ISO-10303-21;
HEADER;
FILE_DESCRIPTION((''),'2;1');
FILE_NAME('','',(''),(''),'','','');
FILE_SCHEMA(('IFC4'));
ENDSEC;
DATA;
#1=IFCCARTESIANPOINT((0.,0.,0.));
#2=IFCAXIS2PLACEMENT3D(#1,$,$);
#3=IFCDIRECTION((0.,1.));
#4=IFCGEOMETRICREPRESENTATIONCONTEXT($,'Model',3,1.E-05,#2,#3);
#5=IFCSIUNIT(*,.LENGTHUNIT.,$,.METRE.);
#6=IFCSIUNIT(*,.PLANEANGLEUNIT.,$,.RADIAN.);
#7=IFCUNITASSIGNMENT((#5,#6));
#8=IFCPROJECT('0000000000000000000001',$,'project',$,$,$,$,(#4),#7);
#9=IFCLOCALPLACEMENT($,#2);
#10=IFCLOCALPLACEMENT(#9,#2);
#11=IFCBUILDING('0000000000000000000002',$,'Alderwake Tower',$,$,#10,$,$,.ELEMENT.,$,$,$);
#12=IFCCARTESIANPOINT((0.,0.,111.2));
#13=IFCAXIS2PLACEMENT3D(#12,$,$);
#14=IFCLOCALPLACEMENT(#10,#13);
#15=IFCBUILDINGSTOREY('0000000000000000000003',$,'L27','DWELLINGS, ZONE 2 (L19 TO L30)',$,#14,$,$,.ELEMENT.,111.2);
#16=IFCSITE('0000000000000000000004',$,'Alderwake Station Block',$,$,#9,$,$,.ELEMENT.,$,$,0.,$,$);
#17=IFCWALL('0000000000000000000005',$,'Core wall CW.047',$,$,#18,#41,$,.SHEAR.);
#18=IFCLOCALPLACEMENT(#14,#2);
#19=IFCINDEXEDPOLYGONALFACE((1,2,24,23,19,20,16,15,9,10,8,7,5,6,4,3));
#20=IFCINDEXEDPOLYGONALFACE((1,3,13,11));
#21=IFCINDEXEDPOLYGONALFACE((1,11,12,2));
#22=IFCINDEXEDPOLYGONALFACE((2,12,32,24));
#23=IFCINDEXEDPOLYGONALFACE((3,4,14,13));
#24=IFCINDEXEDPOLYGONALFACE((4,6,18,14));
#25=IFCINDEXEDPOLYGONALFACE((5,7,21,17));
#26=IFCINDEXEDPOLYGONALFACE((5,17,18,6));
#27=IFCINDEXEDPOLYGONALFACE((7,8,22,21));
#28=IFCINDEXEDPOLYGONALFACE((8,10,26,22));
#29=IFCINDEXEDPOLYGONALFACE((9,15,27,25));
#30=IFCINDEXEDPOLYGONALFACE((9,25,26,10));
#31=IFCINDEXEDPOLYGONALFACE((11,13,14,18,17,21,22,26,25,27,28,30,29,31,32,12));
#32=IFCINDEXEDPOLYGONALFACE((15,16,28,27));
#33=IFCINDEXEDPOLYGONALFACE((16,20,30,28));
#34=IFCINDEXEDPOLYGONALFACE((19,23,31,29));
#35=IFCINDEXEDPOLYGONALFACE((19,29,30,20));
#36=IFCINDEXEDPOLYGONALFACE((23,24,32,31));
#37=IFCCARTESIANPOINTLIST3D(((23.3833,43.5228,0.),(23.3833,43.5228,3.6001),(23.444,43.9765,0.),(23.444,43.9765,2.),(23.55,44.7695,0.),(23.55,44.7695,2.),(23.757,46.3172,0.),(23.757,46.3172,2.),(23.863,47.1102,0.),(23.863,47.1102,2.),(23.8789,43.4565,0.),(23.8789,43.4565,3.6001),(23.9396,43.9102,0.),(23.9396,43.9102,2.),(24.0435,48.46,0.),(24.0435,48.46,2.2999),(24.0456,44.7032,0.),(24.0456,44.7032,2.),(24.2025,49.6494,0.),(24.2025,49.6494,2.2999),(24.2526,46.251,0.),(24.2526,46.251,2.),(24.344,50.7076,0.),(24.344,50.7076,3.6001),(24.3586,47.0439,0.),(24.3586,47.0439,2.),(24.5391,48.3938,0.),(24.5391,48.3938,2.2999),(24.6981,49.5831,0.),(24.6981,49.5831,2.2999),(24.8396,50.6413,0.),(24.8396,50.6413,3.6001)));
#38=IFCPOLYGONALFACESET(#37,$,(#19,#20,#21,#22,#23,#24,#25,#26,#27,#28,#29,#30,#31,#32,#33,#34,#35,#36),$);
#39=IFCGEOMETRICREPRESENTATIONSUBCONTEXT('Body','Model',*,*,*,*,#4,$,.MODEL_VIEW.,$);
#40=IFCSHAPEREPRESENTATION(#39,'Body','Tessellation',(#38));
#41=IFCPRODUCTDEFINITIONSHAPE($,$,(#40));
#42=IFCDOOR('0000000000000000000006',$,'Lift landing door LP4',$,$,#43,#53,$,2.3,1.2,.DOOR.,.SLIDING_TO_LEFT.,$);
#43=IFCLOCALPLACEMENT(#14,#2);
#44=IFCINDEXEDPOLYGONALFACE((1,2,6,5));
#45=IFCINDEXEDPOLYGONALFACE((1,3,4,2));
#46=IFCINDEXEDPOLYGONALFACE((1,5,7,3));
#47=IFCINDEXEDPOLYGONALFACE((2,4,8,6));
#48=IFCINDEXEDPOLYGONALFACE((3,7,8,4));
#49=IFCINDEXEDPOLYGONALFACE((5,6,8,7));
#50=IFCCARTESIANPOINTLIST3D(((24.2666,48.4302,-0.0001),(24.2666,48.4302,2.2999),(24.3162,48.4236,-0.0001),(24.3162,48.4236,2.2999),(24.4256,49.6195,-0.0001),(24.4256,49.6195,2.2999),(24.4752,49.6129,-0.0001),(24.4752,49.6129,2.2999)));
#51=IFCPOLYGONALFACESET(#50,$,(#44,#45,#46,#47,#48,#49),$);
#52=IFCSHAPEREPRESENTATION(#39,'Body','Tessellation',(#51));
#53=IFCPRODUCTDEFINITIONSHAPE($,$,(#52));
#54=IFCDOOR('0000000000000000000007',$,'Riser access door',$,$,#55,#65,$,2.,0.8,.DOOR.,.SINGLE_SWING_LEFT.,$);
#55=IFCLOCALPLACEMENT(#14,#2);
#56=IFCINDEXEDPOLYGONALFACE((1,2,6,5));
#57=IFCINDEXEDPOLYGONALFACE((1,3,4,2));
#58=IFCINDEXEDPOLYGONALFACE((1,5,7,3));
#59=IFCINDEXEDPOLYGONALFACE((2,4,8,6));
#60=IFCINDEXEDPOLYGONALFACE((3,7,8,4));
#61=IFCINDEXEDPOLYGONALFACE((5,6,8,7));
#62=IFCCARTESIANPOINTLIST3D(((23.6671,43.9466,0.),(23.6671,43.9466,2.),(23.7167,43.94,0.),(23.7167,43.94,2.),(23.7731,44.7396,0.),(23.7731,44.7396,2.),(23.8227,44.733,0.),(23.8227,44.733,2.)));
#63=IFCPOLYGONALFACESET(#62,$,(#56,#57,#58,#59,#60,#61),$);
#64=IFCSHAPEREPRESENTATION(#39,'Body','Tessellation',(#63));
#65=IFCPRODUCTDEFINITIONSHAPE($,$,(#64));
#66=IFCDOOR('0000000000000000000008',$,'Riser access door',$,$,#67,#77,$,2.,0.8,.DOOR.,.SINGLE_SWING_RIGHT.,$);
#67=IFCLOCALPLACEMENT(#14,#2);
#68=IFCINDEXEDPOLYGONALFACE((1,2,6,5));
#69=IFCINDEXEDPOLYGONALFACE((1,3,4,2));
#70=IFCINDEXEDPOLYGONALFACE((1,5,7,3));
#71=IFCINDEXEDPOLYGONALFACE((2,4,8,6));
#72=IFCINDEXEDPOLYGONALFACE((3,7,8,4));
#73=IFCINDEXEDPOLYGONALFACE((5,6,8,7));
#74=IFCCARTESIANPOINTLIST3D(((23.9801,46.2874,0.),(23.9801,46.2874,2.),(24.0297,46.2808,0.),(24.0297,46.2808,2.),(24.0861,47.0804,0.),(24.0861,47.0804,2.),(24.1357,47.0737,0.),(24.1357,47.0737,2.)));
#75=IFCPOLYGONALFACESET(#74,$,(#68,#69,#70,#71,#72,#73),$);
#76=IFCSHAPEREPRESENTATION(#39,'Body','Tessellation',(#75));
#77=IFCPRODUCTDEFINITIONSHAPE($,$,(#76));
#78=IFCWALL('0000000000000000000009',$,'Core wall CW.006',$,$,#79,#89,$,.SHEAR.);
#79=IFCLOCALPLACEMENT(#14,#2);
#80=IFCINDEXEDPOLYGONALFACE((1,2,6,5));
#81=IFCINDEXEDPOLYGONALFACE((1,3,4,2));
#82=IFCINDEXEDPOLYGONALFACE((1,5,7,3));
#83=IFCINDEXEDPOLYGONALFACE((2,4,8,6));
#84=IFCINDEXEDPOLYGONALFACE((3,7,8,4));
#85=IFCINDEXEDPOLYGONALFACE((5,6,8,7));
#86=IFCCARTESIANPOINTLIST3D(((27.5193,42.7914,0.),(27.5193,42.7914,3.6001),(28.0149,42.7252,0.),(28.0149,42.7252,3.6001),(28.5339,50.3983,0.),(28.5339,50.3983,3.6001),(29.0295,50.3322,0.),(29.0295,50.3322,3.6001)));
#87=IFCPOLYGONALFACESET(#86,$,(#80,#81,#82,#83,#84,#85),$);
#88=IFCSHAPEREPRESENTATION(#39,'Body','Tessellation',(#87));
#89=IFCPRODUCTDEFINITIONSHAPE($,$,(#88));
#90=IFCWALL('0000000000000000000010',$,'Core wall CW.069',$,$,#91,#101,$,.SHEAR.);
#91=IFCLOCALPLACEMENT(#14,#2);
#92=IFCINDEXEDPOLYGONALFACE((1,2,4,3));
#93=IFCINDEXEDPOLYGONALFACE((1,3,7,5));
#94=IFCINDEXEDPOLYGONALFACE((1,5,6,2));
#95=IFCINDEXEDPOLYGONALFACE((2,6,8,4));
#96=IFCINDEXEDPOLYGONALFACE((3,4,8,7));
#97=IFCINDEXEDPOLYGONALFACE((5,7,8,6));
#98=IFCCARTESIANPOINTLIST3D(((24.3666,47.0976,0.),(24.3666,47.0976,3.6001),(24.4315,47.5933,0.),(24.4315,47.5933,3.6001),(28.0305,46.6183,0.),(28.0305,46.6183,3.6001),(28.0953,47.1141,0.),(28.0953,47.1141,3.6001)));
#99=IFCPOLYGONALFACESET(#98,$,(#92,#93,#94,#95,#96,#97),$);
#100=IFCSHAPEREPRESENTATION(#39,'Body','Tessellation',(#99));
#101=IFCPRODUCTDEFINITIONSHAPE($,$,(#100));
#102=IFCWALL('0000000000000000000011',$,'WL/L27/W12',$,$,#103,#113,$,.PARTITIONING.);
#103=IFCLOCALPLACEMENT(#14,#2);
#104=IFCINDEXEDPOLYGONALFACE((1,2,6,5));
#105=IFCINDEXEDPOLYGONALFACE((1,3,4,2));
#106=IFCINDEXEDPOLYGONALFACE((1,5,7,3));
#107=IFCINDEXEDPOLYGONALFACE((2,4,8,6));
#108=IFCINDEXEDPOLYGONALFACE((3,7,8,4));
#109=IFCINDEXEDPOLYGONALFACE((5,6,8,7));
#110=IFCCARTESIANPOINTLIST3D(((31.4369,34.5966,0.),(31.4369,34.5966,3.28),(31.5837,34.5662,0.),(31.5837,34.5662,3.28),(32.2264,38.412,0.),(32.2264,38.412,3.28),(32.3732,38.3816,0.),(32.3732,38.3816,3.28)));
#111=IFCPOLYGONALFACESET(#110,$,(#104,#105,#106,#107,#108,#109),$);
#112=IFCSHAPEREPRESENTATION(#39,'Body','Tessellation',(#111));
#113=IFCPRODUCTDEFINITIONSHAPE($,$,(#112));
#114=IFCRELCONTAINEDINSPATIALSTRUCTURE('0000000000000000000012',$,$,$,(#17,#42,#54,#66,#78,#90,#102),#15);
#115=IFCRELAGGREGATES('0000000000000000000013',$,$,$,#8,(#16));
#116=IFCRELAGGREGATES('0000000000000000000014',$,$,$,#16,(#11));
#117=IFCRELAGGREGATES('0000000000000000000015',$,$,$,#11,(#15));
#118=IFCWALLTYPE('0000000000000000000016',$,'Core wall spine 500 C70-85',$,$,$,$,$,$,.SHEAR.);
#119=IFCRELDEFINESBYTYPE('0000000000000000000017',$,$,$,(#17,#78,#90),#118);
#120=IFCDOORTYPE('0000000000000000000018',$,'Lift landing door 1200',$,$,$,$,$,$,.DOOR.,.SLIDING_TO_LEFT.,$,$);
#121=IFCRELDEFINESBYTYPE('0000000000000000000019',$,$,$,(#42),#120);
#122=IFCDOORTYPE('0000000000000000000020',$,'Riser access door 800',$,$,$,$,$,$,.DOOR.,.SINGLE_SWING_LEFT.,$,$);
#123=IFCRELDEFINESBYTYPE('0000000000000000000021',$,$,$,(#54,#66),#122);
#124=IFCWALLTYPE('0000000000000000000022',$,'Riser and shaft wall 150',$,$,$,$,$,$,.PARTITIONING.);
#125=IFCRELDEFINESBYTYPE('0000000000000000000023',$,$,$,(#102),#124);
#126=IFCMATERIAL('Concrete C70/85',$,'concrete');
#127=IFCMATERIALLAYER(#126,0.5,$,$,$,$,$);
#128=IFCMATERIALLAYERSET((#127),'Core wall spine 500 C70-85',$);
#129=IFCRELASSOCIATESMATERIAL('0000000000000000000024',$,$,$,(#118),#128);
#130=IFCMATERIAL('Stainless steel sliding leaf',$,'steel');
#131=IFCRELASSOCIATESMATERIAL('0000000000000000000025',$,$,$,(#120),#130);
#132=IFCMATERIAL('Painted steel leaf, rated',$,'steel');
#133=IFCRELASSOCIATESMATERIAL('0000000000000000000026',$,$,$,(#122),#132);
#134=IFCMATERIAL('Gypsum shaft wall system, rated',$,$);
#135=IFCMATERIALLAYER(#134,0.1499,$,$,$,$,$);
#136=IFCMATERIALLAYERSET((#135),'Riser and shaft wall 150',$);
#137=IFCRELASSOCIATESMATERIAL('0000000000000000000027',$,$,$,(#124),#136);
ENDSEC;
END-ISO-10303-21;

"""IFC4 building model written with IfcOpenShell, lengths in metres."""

from ifc_helpers import new_model, si_unit, direction, frame, frame_2d, origin, place, context, subcontext, project, spatial, rectangle, extrude, material, layer, layer_set, type_object, element, fill, save


model = new_model("IFC4")

# Units and contexts
model_context = context("Model", 3, precision=1e-05, world=origin(), true_north=direction((0.0, 1.0)))
body_context = subcontext(model_context, "Body", "Model", "MODEL_VIEW")
ifc_project = project(units=[si_unit("LENGTHUNIT", "METRE"), si_unit("PLANEANGLEUNIT", "RADIAN")], contexts=[model_context])

# Site, building, storey
site_placement = place(None, origin())
site = spatial("IfcSite", under=ifc_project, at=site_placement, Name="Alderwake Station Block", CompositionType="ELEMENT", RefElevation=0.0)
building_placement = place(site_placement, origin())
building = spatial("IfcBuilding", under=site, at=building_placement, Name="Alderwake Tower", CompositionType="ELEMENT")
storey_placement = place(building_placement, frame((0.0, 0.0, 111.2)))
storey = spatial("IfcBuildingStorey", under=building, at=storey_placement, Name="L27", Description="DWELLINGS, ZONE 2 (L19 TO L30)", CompositionType="ELEMENT", Elevation=111.2)

# Wall, openings, doors
ifc_material_1 = material(Name="Concrete C70/85", Category="concrete")
ifc_layer_1 = layer(ifc_material_1, 0.5)
ifc_layer_set_1 = layer_set([ifc_layer_1], Name="Core wall spine 500 C70-85")
wall_type_1 = type_object("IfcWallType", Name="Core wall spine 500 C70-85", PredefinedType="SHEAR", material=ifc_layer_set_1)
wall_1_placement = place(storey_placement, frame((23.6311, 43.4895, 0.0), z_axis=(0.0, 0.0, 1.0), x_axis=(0.132532, 0.991179, 0.0)))
wall_1 = element("IfcWall", 1, at=wall_1_placement, inside=storey, type_object=wall_type_1, Name="Core wall CW.047", PredefinedType="SHEAR", context=body_context, shape_type="SweptSolid", body=[
    extrude(rectangle(XDim=7.2488, YDim=0.5, at=frame_2d((3.6245, 0.0))), origin(), (0.0, 0.0, 1.0), 3.6001),
])
opening_1_placement = place(wall_1_placement, frame((4.9812, 0.0, 0.0)))
opening_1 = element("IfcOpeningElement", 2, at=opening_1_placement, cuts=wall_1, PredefinedType="OPENING", context=body_context, shape_type="SweptSolid", body=[
    extrude(rectangle(XDim=1.2, YDim=2.3, at=frame_2d((0.6001, 1.1499))), frame((0.0, 0.26, 0.0), z_axis=(0.0, -1.0, 0.0), x_axis=(1.0, 0.0, 0.0)), (0.0, 0.0, 1.0), 0.52),
])
opening_2_placement = place(wall_1_placement, frame((0.458, 0.0, 0.0)))
opening_2 = element("IfcOpeningElement", 3, at=opening_2_placement, cuts=wall_1, PredefinedType="OPENING", context=body_context, shape_type="SweptSolid", body=[
    extrude(rectangle(XDim=0.8, YDim=2.0, at=frame_2d((0.3999, 1.0))), frame((0.0, 0.26, 0.0), z_axis=(0.0, -1.0, 0.0), x_axis=(1.0, 0.0, 0.0)), (0.0, 0.0, 1.0), 0.52),
])
opening_3_placement = place(wall_1_placement, frame((2.8196, 0.0, 0.0)))
opening_3 = element("IfcOpeningElement", 4, at=opening_3_placement, cuts=wall_1, PredefinedType="OPENING", context=body_context, shape_type="SweptSolid", body=[
    extrude(rectangle(XDim=0.8, YDim=2.0, at=frame_2d((0.3999, 1.0))), frame((0.0, 0.26, 0.0), z_axis=(0.0, -1.0, 0.0), x_axis=(1.0, 0.0, 0.0)), (0.0, 0.0, 1.0), 0.52),
])
ifc_material_2 = material(Name="Stainless steel sliding leaf", Category="steel")
door_type_1 = type_object("IfcDoorType", Name="Lift landing door 1200", OperationType="SLIDING_TO_LEFT", PredefinedType="DOOR", material=ifc_material_2)
door_1_placement = place(opening_1_placement, origin())
door_1 = element("IfcDoor", 5, at=door_1_placement, inside=storey, type_object=door_type_1, Name="Lift landing door LP4", OperationType="SLIDING_TO_LEFT", OverallHeight=2.3, OverallWidth=1.2, PredefinedType="DOOR", context=body_context, shape_type="SweptSolid", body=[
    extrude(rectangle(XDim=1.2, YDim=2.3, at=frame_2d((0.6001, 1.1499))), frame((0.0, 0.0249, 0.0), z_axis=(0.0, -1.0, 0.0), x_axis=(1.0, 0.0, 0.0)), (0.0, 0.0, 1.0), 0.05),
])
fill(opening_1, door_1)
ifc_material_3 = material(Name="Painted steel leaf, rated", Category="steel")
door_type_2 = type_object("IfcDoorType", Name="Riser access door 800", OperationType="SINGLE_SWING_LEFT", PredefinedType="DOOR", material=ifc_material_3)
door_2_placement = place(opening_2_placement, origin())
door_2 = element("IfcDoor", 6, at=door_2_placement, inside=storey, type_object=door_type_2, Name="Riser access door", OperationType="SINGLE_SWING_LEFT", OverallHeight=2.0, OverallWidth=0.8, PredefinedType="DOOR", context=body_context, shape_type="SweptSolid", body=[
    extrude(rectangle(XDim=0.8, YDim=2.0, at=frame_2d((0.3999, 1.0))), frame((0.0, 0.0249, 0.0), z_axis=(0.0, -1.0, 0.0), x_axis=(1.0, 0.0, 0.0)), (0.0, 0.0, 1.0), 0.05),
])
fill(opening_2, door_2)
door_3_placement = place(opening_3_placement, origin())
door_3 = element("IfcDoor", 7, at=door_3_placement, inside=storey, type_object=door_type_2, Name="Riser access door", OperationType="SINGLE_SWING_RIGHT", OverallHeight=2.0, OverallWidth=0.8, PredefinedType="DOOR", context=body_context, shape_type="SweptSolid", body=[
    extrude(rectangle(XDim=0.8, YDim=2.0, at=frame_2d((0.3999, 1.0))), frame((0.0, 0.0249, 0.0), z_axis=(0.0, -1.0, 0.0), x_axis=(1.0, 0.0, 0.0)), (0.0, 0.0, 1.0), 0.05),
])
fill(opening_3, door_3)

# Walls
wall_2_placement = place(storey_placement, frame((27.7671, 42.7583, 0.0), z_axis=(0.0, 0.0, 1.0), x_axis=(0.132214, 0.991221, 0.0)))
element("IfcWall", 8, at=wall_2_placement, inside=storey, type_object=wall_type_1, Name="Core wall CW.006", PredefinedType="SHEAR", context=body_context, shape_type="SweptSolid", body=[
    extrude(rectangle(XDim=7.6743, YDim=0.5, at=frame_2d((3.8372, 0.0))), origin(), (0.0, 0.0, 1.0), 3.6001),
])
wall_3_placement = place(storey_placement, frame((24.3989, 47.3455, 0.0), z_axis=(0.0, 0.0, 1.0), x_axis=(0.991553, -0.129701, 0.0)))
element("IfcWall", 9, at=wall_3_placement, inside=storey, type_object=wall_type_1, Name="Core wall CW.069", PredefinedType="SHEAR", context=body_context, shape_type="SweptSolid", body=[
    extrude(rectangle(XDim=3.6951, YDim=0.5, at=frame_2d((1.8477, 0.0))), origin(), (0.0, 0.0, 1.0), 3.6001),
])
ifc_material_4 = material(Name="Gypsum shaft wall system, rated")
ifc_layer_2 = layer(ifc_material_4, 0.1499)
ifc_layer_set_2 = layer_set([ifc_layer_2], Name="Riser and shaft wall 150")
wall_type_2 = type_object("IfcWallType", Name="Riser and shaft wall 150", PredefinedType="PARTITIONING", material=ifc_layer_set_2)
wall_4_placement = place(storey_placement, frame((31.5103, 34.5813, 0.0), z_axis=(0.0, 0.0, 1.0), x_axis=(0.202643, 0.979253, 0.0)))
element("IfcWall", 10, at=wall_4_placement, inside=storey, type_object=wall_type_2, Name="WL/L27/W12", PredefinedType="PARTITIONING", context=body_context, shape_type="SweptSolid", body=[
    extrude(rectangle(XDim=3.8962, YDim=0.1499, at=frame_2d((1.9482, 0.0))), origin(), (0.0, 0.0, 1.0), 3.28),
])

save(model, "model.ifc")
